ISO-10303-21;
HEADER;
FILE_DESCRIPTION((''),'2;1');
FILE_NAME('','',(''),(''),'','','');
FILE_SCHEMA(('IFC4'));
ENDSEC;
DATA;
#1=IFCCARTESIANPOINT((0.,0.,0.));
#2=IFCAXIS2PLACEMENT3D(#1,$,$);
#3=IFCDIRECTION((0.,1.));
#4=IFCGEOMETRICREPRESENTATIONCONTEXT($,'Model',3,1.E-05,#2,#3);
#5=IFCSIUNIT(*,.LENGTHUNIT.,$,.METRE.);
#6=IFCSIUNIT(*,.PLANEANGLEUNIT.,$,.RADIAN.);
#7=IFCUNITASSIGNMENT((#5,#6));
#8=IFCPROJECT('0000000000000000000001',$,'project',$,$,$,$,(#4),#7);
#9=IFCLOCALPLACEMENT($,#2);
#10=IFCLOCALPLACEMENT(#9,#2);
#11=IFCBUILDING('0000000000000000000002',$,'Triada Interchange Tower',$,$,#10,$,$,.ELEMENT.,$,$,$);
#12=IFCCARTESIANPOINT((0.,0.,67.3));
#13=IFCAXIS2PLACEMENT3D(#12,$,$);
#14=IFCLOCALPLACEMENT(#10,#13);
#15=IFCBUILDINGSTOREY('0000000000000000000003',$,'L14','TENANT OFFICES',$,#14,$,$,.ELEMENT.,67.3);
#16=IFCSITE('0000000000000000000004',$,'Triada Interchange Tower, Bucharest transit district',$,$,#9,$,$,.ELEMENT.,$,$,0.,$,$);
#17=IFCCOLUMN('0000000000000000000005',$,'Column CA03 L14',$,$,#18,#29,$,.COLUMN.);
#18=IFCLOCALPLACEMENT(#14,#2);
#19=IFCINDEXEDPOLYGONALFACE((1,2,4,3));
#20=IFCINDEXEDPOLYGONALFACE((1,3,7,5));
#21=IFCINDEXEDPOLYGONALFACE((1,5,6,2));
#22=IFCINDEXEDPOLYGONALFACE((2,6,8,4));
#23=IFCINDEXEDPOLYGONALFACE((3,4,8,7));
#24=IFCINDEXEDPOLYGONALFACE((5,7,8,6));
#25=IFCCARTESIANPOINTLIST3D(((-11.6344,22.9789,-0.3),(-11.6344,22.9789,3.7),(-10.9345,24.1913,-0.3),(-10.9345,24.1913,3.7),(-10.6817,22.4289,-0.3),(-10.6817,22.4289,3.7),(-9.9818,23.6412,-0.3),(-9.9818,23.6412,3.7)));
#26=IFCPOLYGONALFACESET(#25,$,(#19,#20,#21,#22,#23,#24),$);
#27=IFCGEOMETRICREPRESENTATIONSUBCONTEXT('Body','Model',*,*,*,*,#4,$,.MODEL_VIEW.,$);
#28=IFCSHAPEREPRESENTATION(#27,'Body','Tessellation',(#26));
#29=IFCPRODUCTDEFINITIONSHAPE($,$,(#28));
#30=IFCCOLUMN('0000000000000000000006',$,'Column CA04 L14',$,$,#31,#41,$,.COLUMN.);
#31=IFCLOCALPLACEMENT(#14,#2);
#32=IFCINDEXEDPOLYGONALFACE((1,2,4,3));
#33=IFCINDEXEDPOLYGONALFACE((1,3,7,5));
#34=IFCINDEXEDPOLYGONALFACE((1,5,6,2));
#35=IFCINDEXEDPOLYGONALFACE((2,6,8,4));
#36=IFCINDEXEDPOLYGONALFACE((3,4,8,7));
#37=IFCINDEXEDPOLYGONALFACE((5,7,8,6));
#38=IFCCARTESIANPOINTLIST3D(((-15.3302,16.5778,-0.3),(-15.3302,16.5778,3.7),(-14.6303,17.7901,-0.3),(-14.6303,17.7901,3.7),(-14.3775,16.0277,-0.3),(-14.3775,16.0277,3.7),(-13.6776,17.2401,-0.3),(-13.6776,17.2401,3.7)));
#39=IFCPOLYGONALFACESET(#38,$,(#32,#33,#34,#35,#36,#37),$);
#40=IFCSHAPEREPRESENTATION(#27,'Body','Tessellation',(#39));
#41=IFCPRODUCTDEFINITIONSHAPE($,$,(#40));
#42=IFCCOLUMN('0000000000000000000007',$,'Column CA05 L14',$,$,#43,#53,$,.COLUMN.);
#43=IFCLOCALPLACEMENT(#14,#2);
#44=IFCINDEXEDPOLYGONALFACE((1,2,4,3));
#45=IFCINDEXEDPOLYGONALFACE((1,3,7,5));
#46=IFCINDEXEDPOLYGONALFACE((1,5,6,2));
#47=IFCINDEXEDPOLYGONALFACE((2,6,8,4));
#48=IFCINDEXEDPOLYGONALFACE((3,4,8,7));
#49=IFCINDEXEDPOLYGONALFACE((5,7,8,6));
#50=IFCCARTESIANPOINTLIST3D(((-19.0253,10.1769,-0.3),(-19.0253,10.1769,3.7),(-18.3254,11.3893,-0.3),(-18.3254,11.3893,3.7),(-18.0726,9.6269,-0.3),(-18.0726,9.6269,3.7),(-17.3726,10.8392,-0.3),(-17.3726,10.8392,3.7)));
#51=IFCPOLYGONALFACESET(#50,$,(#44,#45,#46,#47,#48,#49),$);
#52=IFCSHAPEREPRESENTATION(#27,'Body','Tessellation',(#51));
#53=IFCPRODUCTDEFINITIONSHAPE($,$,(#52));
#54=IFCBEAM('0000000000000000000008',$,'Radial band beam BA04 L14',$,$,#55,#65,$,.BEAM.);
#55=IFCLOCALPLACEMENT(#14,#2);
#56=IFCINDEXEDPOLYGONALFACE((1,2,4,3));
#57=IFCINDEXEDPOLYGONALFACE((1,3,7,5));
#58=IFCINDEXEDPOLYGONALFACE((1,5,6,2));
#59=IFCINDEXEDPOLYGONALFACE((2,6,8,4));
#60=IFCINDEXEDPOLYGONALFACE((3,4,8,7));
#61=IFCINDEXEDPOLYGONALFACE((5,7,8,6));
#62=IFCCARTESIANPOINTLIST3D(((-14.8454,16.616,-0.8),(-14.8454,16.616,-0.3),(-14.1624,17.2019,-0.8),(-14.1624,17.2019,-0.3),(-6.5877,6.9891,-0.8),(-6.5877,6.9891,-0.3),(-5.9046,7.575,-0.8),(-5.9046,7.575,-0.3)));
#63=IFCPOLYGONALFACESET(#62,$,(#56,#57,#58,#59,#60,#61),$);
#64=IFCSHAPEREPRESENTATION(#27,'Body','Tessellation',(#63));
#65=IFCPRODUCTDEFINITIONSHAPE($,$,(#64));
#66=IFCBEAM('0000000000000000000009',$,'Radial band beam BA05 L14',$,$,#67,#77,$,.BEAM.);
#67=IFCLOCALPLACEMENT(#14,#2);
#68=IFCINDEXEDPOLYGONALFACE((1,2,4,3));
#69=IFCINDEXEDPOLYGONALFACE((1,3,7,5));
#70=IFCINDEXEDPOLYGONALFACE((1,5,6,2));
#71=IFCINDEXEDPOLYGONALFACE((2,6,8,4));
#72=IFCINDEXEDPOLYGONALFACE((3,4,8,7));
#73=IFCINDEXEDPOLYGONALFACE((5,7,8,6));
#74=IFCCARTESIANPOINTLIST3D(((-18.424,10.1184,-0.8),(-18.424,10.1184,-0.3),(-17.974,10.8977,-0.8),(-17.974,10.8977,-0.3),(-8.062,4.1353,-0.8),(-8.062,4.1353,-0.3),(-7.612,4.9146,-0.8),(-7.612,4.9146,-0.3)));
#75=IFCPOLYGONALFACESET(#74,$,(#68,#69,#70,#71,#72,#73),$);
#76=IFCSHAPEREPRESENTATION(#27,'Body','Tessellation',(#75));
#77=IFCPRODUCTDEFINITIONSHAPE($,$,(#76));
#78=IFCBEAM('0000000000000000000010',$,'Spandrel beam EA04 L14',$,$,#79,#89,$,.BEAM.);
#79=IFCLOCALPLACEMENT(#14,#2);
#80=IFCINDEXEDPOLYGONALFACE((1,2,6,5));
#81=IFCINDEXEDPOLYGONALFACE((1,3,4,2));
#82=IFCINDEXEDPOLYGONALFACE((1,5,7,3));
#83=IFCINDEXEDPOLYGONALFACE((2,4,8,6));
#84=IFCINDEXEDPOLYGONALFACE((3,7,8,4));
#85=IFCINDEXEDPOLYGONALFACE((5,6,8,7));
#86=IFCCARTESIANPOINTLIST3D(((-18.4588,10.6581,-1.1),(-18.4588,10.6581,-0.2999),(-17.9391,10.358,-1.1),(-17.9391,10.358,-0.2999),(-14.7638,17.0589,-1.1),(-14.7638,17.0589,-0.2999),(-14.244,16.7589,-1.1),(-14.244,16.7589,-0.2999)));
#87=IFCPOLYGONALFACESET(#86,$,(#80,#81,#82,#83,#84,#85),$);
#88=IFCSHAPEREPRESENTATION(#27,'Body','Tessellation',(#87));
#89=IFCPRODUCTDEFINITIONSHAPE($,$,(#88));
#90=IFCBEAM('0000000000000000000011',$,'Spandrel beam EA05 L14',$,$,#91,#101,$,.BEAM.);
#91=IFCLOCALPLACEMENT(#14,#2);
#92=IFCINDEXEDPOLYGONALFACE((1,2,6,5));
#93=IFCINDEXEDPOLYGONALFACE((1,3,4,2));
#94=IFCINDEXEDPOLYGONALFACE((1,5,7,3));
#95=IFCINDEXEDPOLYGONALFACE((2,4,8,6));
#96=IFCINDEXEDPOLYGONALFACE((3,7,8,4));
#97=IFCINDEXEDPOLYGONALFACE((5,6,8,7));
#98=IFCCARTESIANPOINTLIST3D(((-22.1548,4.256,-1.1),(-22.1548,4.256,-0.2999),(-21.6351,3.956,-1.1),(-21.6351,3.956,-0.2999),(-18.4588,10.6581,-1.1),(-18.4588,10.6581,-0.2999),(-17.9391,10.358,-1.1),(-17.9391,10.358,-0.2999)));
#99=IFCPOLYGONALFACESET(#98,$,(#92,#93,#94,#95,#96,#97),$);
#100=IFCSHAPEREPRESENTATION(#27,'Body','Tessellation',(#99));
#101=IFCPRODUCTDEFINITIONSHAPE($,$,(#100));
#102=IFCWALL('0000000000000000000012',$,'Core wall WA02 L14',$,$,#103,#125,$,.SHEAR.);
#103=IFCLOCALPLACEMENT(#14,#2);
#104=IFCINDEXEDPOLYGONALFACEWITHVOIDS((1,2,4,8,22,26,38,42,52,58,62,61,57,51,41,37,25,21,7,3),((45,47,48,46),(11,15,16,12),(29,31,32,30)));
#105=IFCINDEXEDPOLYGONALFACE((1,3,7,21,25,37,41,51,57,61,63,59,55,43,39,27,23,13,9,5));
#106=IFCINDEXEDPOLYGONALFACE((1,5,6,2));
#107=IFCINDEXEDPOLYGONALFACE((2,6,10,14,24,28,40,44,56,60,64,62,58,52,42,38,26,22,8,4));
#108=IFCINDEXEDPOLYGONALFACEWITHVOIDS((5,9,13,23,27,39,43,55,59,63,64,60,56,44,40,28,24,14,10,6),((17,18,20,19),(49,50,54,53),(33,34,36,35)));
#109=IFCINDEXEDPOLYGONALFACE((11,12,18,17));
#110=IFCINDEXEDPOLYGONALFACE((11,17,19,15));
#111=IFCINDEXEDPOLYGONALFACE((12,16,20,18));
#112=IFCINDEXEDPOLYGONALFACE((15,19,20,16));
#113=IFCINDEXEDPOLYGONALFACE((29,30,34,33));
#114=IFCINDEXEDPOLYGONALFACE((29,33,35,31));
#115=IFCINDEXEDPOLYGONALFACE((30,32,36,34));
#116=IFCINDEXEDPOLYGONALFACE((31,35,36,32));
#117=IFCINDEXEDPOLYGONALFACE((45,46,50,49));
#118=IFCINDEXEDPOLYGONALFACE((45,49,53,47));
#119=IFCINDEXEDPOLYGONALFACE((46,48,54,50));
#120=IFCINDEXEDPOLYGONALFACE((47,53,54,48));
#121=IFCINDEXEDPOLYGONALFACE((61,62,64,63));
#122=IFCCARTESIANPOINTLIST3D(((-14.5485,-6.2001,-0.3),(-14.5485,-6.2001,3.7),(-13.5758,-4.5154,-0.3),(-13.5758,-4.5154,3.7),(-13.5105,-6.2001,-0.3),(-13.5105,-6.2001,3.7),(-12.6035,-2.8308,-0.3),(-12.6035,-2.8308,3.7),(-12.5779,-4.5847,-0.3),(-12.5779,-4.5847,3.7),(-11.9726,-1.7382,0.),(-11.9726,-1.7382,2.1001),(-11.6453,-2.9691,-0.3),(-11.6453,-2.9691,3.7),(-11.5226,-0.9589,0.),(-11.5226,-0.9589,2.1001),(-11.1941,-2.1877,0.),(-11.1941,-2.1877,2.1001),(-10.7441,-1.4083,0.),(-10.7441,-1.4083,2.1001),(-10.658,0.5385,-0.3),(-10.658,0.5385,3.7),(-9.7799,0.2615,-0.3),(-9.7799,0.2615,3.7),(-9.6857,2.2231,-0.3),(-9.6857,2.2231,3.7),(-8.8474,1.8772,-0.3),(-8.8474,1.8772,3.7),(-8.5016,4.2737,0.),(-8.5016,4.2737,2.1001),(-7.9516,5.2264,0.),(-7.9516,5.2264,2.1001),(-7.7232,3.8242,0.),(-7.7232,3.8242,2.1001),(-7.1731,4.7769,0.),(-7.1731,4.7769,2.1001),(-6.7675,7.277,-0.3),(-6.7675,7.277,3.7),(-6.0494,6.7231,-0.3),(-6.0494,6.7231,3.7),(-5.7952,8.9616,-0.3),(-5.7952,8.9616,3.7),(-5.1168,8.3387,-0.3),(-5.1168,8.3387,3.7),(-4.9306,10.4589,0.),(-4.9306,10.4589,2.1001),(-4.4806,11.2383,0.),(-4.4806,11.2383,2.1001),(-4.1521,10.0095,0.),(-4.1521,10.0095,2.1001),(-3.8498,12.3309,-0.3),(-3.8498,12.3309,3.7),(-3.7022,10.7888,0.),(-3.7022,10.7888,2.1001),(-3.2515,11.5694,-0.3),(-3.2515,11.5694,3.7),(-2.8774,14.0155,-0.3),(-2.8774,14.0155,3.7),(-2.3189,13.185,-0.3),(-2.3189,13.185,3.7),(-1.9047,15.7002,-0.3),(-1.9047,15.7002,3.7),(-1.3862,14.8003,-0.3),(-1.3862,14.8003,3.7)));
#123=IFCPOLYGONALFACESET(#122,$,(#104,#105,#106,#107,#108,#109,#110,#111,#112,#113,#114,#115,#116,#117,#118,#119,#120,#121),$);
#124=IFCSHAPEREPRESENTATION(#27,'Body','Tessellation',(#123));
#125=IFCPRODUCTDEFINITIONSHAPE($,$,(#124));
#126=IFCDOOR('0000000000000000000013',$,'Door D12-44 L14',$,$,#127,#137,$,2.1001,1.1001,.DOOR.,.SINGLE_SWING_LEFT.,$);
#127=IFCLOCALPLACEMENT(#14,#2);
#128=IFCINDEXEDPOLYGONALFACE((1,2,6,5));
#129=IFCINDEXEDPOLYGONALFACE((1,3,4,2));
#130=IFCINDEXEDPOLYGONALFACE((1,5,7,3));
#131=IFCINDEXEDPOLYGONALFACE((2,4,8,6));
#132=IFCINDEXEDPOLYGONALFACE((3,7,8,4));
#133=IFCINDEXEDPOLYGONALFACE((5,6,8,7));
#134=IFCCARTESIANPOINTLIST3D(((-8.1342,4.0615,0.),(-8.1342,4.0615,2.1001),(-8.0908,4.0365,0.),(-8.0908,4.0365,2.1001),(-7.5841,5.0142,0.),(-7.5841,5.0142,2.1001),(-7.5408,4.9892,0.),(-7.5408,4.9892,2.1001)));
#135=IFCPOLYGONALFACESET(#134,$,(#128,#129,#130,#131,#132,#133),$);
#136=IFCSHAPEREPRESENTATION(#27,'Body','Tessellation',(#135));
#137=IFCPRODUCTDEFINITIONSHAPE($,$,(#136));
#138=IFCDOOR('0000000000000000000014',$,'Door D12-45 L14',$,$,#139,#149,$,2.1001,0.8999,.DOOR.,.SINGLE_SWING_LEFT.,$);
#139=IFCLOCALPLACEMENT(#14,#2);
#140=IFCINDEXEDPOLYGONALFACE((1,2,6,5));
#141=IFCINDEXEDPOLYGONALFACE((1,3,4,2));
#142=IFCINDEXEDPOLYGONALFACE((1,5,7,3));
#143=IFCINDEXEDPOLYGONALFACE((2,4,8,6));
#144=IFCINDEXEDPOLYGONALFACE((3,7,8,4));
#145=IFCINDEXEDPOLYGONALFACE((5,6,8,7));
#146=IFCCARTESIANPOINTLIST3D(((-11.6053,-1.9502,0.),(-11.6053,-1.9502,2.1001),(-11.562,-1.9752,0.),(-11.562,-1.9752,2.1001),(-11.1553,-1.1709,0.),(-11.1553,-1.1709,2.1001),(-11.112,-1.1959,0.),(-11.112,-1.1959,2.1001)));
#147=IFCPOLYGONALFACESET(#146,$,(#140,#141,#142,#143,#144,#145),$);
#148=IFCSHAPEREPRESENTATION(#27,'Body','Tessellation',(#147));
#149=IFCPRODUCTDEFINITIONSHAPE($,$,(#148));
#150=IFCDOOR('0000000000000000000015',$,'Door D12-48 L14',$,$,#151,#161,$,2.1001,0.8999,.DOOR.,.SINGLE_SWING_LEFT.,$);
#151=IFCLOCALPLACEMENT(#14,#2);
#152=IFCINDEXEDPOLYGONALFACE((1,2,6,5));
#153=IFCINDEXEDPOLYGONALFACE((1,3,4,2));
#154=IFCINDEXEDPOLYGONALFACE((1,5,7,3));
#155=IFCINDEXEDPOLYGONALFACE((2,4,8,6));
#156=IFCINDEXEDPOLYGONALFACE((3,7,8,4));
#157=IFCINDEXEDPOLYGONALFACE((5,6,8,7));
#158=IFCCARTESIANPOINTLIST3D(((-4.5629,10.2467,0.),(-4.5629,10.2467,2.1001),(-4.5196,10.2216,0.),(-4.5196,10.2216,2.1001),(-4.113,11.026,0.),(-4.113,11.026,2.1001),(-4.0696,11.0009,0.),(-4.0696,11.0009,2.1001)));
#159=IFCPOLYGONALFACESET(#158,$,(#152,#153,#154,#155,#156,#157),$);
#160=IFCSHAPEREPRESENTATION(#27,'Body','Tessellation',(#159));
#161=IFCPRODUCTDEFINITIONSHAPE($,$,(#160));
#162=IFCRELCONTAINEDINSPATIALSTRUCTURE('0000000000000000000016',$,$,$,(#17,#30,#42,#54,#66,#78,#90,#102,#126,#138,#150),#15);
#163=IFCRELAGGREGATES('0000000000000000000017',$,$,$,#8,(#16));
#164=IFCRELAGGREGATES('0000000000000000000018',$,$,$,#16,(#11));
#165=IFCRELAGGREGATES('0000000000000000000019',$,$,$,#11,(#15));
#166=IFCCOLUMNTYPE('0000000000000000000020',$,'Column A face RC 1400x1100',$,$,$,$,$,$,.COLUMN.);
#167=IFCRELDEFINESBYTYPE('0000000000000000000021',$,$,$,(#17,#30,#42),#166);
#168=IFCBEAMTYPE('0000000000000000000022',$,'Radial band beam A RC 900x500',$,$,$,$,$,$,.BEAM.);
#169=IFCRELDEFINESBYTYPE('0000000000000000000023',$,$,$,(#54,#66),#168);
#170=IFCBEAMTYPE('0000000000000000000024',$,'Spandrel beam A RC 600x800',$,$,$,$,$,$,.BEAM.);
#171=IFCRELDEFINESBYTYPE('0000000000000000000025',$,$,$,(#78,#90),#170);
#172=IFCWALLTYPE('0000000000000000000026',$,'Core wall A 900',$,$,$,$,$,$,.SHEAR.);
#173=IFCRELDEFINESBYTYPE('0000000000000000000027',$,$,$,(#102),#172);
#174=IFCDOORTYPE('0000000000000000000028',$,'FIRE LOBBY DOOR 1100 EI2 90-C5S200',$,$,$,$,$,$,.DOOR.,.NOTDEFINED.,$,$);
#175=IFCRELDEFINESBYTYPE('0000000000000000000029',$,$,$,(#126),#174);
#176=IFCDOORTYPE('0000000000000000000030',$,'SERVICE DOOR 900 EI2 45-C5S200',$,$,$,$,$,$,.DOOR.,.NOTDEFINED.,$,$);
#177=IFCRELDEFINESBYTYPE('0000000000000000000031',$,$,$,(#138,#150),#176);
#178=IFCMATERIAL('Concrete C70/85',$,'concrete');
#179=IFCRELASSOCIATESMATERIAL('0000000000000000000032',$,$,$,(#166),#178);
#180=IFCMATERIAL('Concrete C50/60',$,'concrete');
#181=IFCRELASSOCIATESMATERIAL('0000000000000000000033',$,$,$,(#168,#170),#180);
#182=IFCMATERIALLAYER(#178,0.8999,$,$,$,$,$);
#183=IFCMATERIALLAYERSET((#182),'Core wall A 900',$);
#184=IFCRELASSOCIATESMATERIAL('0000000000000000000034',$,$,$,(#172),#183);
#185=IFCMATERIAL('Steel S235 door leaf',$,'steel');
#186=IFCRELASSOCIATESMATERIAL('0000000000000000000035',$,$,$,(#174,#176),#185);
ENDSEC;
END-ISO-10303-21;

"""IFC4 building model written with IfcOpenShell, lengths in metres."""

from ifc_helpers import new_model, si_unit, direction, frame, frame_2d, origin, origin_2d, place, context, subcontext, project, spatial, polyline, rectangle, outline, extrude, material, layer, layer_set, material_profile, profile_set, type_object, element, fill, save


model = new_model("IFC4")

# Units and contexts
model_context = context("Model", 3, precision=1e-05, world=origin(), true_north=direction((0.0, 1.0)))
body_context = subcontext(model_context, "Body", "Model", "MODEL_VIEW")
ifc_project = project(units=[si_unit("LENGTHUNIT", "METRE"), si_unit("PLANEANGLEUNIT", "RADIAN")], contexts=[model_context])

# Site, building, storey
site_placement = place(None, origin())
site = spatial("IfcSite", under=ifc_project, at=site_placement, Name="Triada Interchange Tower, Bucharest transit district", CompositionType="ELEMENT", RefElevation=0.0)
building_placement = place(site_placement, origin())
building = spatial("IfcBuilding", under=site, at=building_placement, Name="Triada Interchange Tower", CompositionType="ELEMENT")
storey_placement = place(building_placement, frame((0.0, 0.0, 67.3)))
storey = spatial("IfcBuildingStorey", under=building, at=storey_placement, Name="L14", Description="TENANT OFFICES", CompositionType="ELEMENT", Elevation=67.3)

# Columns
ifc_material_1 = material(Name="Concrete C70/85", Category="concrete")
ifc_material_profile_1 = material_profile(ifc_material_1, rectangle(XDim=1.3999, YDim=1.1001, at=origin_2d()), Name="RC 1400x1100")
ifc_profile_set_1 = profile_set([ifc_material_profile_1], Name="Concrete C70/85")
column_type = type_object("IfcColumnType", Name="Column A face RC 1400x1100", PredefinedType="COLUMN", material=ifc_profile_set_1)
for number, where, z_axis, x_axis, name in (
    (1, (-10.8081, 23.3101, -0.3), (0.0, 0.0, 1.0), (0.5, 0.866025, 0.0), "Column CA03 L14"),
    (2, (-14.5039, 16.9089, -0.3), (0.0, 0.0, 1.0), (0.5, 0.866025, 0.0), "Column CA04 L14"),
    (3, (-18.199, 10.5081, -0.3), (0.0, 0.0, 1.0), (0.5, 0.866025, 0.0), "Column CA05 L14"),
):
    element("IfcColumn", number, at=place(storey_placement, frame(where, z_axis=z_axis, x_axis=x_axis)), inside=storey, type_object=column_type, Name=name, PredefinedType="COLUMN", context=body_context, shape_type="SweptSolid", body=[
        extrude(rectangle(XDim=1.3999, YDim=1.1001, at=origin_2d()), origin(), (0.0, 0.0, 1.0), 4.0),
    ])

# Beams
ifc_material_2 = material(Name="Concrete C50/60", Category="concrete")
ifc_material_profile_2 = material_profile(ifc_material_2, rectangle(XDim=0.8999, YDim=0.5, at=origin_2d()), Name="RC 900x500")
ifc_profile_set_2 = profile_set([ifc_material_profile_2], Name="Concrete C50/60")
beam_type_1 = type_object("IfcBeamType", Name="Radial band beam A RC 900x500", PredefinedType="BEAM", material=ifc_profile_set_2)
beam_1_placement = place(storey_placement, frame((-14.5039, 16.9089, -0.55), z_axis=(0.65107, -0.759017, 0.0), x_axis=(0.759017, 0.65107, 0.0)))
element("IfcBeam", 4, at=beam_1_placement, inside=storey, type_object=beam_type_1, Name="Radial band beam BA04 L14", PredefinedType="BEAM", context=body_context, shape_type="SweptSolid", body=[
    extrude(rectangle(XDim=0.8999, YDim=0.5, at=origin_2d()), origin(), (0.0, 0.0, 1.0), 12.6833),
])
beam_2_placement = place(storey_placement, frame((-18.199, 10.5081, -0.55), z_axis=(0.866003, -0.500039, 0.0), x_axis=(0.500039, 0.866003, 0.0)))
element("IfcBeam", 5, at=beam_2_placement, inside=storey, type_object=beam_type_1, Name="Radial band beam BA05 L14", PredefinedType="BEAM", context=body_context, shape_type="SweptSolid", body=[
    extrude(rectangle(XDim=0.8999, YDim=0.5, at=origin_2d()), origin(), (0.0, 0.0, 1.0), 11.9653),
])
ifc_material_profile_3 = material_profile(ifc_material_2, rectangle(XDim=0.6001, YDim=0.8, at=origin_2d()), Name="RC 600x800")
ifc_profile_set_3 = profile_set([ifc_material_profile_3], Name="Concrete C50/60")
beam_type_2 = type_object("IfcBeamType", Name="Spandrel beam A RC 600x800", PredefinedType="BEAM", material=ifc_profile_set_3)
beam_3_placement = place(storey_placement, frame((-14.5039, 16.9089, -0.7), z_axis=(-0.499951, -0.866054, 0.0), x_axis=(0.866054, -0.499951, 0.0)))
element("IfcBeam", 6, at=beam_3_placement, inside=storey, type_object=beam_type_2, Name="Spandrel beam EA04 L14", PredefinedType="BEAM", context=body_context, shape_type="SweptSolid", body=[
    extrude(rectangle(XDim=0.6001, YDim=0.8, at=origin_2d()), origin(), (0.0, 0.0, 1.0), 7.3909),
])
beam_4_placement = place(storey_placement, frame((-18.199, 10.5081, -0.7), z_axis=(-0.499979, -0.866038, 0.0), x_axis=(0.866038, -0.499979, 0.0)))
element("IfcBeam", 7, at=beam_4_placement, inside=storey, type_object=beam_type_2, Name="Spandrel beam EA05 L14", PredefinedType="BEAM", context=body_context, shape_type="SweptSolid", body=[
    extrude(rectangle(XDim=0.6001, YDim=0.8, at=origin_2d()), origin(), (0.0, 0.0, 1.0), 7.3923),
])

# Wall, openings, doors
ifc_layer_1 = layer(ifc_material_1, 0.8999)
ifc_layer_set_1 = layer_set([ifc_layer_1], Name="Core wall A 900")
wall_type_1 = type_object("IfcWallType", Name="Core wall A 900", PredefinedType="SHEAR", material=ifc_layer_set_1)
wall_1_placement = place(storey_placement, frame((-1.645, 15.25, -0.3), z_axis=(0.0, 0.0, 1.0), x_axis=(-0.500026, -0.86601, 0.0)))
wall_1 = element("IfcWall", 8, at=wall_1_placement, inside=storey, type_object=wall_type_1, Name="Core wall WA02 L14", PredefinedType="SHEAR", context=body_context, shape_type="SweptSolid", body=[
    extrude(outline(polyline([(-0.26, -0.45), (1.6853, -0.45), (3.6304, -0.4497), (5.5757, -0.4497), (7.521, -0.4497), (9.4661, -0.4495), (11.4114, -0.4495), (13.3567, -0.4495), (15.302, -0.4495), (17.2471, -0.4492), (19.1924, -0.4492), (21.1377, -0.4492), (23.0828, -0.449), (25.0281, -0.449), (24.509, 0.45), (22.6438, 0.45), (20.7783, 0.4497), (18.9131, 0.4497), (17.0479, 0.4497), (15.1824, 0.4495), (13.3171, 0.4495), (11.4519, 0.4495), (9.5867, 0.4495), (7.7212, 0.4492), (5.856, 0.4492), (3.9907, 0.4492), (2.1252, 0.449), (0.26, 0.449), (-0.26, -0.45)])), origin(), (0.0, 0.0, 1.0), 4.0),
])
opening_1_placement = place(wall_1_placement, frame((11.834, 0.0, 0.3)))
opening_1 = element("IfcOpeningElement", 9, at=opening_1_placement, cuts=wall_1, PredefinedType="OPENING", context=body_context, shape_type="SweptSolid", body=[
    extrude(rectangle(XDim=1.1001, YDim=2.1001, at=frame_2d((0.55, 1.05))), frame((0.0, 0.46, 0.0), z_axis=(0.0, -1.0, 0.0), x_axis=(1.0, 0.0, 0.0)), (0.0, 0.0, 1.0), 0.9199),
])
opening_2_placement = place(wall_1_placement, frame((18.9761, 0.0, 0.3)))
opening_2 = element("IfcOpeningElement", 10, at=opening_2_placement, cuts=wall_1, PredefinedType="OPENING", context=body_context, shape_type="SweptSolid", body=[
    extrude(rectangle(XDim=0.8999, YDim=2.1001, at=frame_2d((0.45, 1.05))), frame((0.0, 0.46, 0.0), z_axis=(0.0, -1.0, 0.0), x_axis=(1.0, 0.0, 0.0)), (0.0, 0.0, 1.0), 0.9199),
])
opening_3_placement = place(wall_1_placement, frame((4.8921, 0.0, 0.3)))
opening_3 = element("IfcOpeningElement", 11, at=opening_3_placement, cuts=wall_1, PredefinedType="OPENING", context=body_context, shape_type="SweptSolid", body=[
    extrude(rectangle(XDim=0.8999, YDim=2.1001, at=frame_2d((0.45, 1.05))), frame((0.0, 0.46, 0.0), z_axis=(0.0, -1.0, 0.0), x_axis=(1.0, 0.0, 0.0)), (0.0, 0.0, 1.0), 0.9199),
])
ifc_material_3 = material(Name="Steel S235 door leaf", Category="steel")
door_type_1 = type_object("IfcDoorType", Name="FIRE LOBBY DOOR 1100 EI2 90-C5S200", OperationType="NOTDEFINED", PredefinedType="DOOR", material=ifc_material_3)
door_1_placement = place(opening_1_placement, origin())
door_1 = element("IfcDoor", 12, at=door_1_placement, inside=storey, type_object=door_type_1, Name="Door D12-44 L14", OperationType="SINGLE_SWING_LEFT", OverallHeight=2.1001, OverallWidth=1.1001, PredefinedType="DOOR", context=body_context, shape_type="SweptSolid", body=[
    extrude(rectangle(XDim=1.1001, YDim=2.1001, at=frame_2d((0.55, 1.05))), frame((0.0, 0.0249, 0.0), z_axis=(0.0, -1.0, 0.0), x_axis=(1.0, 0.0, 0.0)), (0.0, 0.0, 1.0), 0.05),
])
fill(opening_1, door_1)
door_type_2 = type_object("IfcDoorType", Name="SERVICE DOOR 900 EI2 45-C5S200", OperationType="NOTDEFINED", PredefinedType="DOOR", material=ifc_material_3)
door_2_placement = place(opening_2_placement, origin())
door_2 = element("IfcDoor", 13, at=door_2_placement, inside=storey, type_object=door_type_2, Name="Door D12-45 L14", OperationType="SINGLE_SWING_LEFT", OverallHeight=2.1001, OverallWidth=0.8999, PredefinedType="DOOR", context=body_context, shape_type="SweptSolid", body=[
    extrude(rectangle(XDim=0.8999, YDim=2.1001, at=frame_2d((0.45, 1.05))), frame((0.0, 0.0249, 0.0), z_axis=(0.0, -1.0, 0.0), x_axis=(1.0, 0.0, 0.0)), (0.0, 0.0, 1.0), 0.05),
])
fill(opening_2, door_2)
door_3_placement = place(opening_3_placement, origin())
door_3 = element("IfcDoor", 14, at=door_3_placement, inside=storey, type_object=door_type_2, Name="Door D12-48 L14", OperationType="SINGLE_SWING_LEFT", OverallHeight=2.1001, OverallWidth=0.8999, PredefinedType="DOOR", context=body_context, shape_type="SweptSolid", body=[
    extrude(rectangle(XDim=0.8999, YDim=2.1001, at=frame_2d((0.45, 1.05))), frame((0.0, 0.0249, 0.0), z_axis=(0.0, -1.0, 0.0), x_axis=(1.0, 0.0, 0.0)), (0.0, 0.0, 1.0), 0.05),
])
fill(opening_3, door_3)

save(model, "model.ifc")
